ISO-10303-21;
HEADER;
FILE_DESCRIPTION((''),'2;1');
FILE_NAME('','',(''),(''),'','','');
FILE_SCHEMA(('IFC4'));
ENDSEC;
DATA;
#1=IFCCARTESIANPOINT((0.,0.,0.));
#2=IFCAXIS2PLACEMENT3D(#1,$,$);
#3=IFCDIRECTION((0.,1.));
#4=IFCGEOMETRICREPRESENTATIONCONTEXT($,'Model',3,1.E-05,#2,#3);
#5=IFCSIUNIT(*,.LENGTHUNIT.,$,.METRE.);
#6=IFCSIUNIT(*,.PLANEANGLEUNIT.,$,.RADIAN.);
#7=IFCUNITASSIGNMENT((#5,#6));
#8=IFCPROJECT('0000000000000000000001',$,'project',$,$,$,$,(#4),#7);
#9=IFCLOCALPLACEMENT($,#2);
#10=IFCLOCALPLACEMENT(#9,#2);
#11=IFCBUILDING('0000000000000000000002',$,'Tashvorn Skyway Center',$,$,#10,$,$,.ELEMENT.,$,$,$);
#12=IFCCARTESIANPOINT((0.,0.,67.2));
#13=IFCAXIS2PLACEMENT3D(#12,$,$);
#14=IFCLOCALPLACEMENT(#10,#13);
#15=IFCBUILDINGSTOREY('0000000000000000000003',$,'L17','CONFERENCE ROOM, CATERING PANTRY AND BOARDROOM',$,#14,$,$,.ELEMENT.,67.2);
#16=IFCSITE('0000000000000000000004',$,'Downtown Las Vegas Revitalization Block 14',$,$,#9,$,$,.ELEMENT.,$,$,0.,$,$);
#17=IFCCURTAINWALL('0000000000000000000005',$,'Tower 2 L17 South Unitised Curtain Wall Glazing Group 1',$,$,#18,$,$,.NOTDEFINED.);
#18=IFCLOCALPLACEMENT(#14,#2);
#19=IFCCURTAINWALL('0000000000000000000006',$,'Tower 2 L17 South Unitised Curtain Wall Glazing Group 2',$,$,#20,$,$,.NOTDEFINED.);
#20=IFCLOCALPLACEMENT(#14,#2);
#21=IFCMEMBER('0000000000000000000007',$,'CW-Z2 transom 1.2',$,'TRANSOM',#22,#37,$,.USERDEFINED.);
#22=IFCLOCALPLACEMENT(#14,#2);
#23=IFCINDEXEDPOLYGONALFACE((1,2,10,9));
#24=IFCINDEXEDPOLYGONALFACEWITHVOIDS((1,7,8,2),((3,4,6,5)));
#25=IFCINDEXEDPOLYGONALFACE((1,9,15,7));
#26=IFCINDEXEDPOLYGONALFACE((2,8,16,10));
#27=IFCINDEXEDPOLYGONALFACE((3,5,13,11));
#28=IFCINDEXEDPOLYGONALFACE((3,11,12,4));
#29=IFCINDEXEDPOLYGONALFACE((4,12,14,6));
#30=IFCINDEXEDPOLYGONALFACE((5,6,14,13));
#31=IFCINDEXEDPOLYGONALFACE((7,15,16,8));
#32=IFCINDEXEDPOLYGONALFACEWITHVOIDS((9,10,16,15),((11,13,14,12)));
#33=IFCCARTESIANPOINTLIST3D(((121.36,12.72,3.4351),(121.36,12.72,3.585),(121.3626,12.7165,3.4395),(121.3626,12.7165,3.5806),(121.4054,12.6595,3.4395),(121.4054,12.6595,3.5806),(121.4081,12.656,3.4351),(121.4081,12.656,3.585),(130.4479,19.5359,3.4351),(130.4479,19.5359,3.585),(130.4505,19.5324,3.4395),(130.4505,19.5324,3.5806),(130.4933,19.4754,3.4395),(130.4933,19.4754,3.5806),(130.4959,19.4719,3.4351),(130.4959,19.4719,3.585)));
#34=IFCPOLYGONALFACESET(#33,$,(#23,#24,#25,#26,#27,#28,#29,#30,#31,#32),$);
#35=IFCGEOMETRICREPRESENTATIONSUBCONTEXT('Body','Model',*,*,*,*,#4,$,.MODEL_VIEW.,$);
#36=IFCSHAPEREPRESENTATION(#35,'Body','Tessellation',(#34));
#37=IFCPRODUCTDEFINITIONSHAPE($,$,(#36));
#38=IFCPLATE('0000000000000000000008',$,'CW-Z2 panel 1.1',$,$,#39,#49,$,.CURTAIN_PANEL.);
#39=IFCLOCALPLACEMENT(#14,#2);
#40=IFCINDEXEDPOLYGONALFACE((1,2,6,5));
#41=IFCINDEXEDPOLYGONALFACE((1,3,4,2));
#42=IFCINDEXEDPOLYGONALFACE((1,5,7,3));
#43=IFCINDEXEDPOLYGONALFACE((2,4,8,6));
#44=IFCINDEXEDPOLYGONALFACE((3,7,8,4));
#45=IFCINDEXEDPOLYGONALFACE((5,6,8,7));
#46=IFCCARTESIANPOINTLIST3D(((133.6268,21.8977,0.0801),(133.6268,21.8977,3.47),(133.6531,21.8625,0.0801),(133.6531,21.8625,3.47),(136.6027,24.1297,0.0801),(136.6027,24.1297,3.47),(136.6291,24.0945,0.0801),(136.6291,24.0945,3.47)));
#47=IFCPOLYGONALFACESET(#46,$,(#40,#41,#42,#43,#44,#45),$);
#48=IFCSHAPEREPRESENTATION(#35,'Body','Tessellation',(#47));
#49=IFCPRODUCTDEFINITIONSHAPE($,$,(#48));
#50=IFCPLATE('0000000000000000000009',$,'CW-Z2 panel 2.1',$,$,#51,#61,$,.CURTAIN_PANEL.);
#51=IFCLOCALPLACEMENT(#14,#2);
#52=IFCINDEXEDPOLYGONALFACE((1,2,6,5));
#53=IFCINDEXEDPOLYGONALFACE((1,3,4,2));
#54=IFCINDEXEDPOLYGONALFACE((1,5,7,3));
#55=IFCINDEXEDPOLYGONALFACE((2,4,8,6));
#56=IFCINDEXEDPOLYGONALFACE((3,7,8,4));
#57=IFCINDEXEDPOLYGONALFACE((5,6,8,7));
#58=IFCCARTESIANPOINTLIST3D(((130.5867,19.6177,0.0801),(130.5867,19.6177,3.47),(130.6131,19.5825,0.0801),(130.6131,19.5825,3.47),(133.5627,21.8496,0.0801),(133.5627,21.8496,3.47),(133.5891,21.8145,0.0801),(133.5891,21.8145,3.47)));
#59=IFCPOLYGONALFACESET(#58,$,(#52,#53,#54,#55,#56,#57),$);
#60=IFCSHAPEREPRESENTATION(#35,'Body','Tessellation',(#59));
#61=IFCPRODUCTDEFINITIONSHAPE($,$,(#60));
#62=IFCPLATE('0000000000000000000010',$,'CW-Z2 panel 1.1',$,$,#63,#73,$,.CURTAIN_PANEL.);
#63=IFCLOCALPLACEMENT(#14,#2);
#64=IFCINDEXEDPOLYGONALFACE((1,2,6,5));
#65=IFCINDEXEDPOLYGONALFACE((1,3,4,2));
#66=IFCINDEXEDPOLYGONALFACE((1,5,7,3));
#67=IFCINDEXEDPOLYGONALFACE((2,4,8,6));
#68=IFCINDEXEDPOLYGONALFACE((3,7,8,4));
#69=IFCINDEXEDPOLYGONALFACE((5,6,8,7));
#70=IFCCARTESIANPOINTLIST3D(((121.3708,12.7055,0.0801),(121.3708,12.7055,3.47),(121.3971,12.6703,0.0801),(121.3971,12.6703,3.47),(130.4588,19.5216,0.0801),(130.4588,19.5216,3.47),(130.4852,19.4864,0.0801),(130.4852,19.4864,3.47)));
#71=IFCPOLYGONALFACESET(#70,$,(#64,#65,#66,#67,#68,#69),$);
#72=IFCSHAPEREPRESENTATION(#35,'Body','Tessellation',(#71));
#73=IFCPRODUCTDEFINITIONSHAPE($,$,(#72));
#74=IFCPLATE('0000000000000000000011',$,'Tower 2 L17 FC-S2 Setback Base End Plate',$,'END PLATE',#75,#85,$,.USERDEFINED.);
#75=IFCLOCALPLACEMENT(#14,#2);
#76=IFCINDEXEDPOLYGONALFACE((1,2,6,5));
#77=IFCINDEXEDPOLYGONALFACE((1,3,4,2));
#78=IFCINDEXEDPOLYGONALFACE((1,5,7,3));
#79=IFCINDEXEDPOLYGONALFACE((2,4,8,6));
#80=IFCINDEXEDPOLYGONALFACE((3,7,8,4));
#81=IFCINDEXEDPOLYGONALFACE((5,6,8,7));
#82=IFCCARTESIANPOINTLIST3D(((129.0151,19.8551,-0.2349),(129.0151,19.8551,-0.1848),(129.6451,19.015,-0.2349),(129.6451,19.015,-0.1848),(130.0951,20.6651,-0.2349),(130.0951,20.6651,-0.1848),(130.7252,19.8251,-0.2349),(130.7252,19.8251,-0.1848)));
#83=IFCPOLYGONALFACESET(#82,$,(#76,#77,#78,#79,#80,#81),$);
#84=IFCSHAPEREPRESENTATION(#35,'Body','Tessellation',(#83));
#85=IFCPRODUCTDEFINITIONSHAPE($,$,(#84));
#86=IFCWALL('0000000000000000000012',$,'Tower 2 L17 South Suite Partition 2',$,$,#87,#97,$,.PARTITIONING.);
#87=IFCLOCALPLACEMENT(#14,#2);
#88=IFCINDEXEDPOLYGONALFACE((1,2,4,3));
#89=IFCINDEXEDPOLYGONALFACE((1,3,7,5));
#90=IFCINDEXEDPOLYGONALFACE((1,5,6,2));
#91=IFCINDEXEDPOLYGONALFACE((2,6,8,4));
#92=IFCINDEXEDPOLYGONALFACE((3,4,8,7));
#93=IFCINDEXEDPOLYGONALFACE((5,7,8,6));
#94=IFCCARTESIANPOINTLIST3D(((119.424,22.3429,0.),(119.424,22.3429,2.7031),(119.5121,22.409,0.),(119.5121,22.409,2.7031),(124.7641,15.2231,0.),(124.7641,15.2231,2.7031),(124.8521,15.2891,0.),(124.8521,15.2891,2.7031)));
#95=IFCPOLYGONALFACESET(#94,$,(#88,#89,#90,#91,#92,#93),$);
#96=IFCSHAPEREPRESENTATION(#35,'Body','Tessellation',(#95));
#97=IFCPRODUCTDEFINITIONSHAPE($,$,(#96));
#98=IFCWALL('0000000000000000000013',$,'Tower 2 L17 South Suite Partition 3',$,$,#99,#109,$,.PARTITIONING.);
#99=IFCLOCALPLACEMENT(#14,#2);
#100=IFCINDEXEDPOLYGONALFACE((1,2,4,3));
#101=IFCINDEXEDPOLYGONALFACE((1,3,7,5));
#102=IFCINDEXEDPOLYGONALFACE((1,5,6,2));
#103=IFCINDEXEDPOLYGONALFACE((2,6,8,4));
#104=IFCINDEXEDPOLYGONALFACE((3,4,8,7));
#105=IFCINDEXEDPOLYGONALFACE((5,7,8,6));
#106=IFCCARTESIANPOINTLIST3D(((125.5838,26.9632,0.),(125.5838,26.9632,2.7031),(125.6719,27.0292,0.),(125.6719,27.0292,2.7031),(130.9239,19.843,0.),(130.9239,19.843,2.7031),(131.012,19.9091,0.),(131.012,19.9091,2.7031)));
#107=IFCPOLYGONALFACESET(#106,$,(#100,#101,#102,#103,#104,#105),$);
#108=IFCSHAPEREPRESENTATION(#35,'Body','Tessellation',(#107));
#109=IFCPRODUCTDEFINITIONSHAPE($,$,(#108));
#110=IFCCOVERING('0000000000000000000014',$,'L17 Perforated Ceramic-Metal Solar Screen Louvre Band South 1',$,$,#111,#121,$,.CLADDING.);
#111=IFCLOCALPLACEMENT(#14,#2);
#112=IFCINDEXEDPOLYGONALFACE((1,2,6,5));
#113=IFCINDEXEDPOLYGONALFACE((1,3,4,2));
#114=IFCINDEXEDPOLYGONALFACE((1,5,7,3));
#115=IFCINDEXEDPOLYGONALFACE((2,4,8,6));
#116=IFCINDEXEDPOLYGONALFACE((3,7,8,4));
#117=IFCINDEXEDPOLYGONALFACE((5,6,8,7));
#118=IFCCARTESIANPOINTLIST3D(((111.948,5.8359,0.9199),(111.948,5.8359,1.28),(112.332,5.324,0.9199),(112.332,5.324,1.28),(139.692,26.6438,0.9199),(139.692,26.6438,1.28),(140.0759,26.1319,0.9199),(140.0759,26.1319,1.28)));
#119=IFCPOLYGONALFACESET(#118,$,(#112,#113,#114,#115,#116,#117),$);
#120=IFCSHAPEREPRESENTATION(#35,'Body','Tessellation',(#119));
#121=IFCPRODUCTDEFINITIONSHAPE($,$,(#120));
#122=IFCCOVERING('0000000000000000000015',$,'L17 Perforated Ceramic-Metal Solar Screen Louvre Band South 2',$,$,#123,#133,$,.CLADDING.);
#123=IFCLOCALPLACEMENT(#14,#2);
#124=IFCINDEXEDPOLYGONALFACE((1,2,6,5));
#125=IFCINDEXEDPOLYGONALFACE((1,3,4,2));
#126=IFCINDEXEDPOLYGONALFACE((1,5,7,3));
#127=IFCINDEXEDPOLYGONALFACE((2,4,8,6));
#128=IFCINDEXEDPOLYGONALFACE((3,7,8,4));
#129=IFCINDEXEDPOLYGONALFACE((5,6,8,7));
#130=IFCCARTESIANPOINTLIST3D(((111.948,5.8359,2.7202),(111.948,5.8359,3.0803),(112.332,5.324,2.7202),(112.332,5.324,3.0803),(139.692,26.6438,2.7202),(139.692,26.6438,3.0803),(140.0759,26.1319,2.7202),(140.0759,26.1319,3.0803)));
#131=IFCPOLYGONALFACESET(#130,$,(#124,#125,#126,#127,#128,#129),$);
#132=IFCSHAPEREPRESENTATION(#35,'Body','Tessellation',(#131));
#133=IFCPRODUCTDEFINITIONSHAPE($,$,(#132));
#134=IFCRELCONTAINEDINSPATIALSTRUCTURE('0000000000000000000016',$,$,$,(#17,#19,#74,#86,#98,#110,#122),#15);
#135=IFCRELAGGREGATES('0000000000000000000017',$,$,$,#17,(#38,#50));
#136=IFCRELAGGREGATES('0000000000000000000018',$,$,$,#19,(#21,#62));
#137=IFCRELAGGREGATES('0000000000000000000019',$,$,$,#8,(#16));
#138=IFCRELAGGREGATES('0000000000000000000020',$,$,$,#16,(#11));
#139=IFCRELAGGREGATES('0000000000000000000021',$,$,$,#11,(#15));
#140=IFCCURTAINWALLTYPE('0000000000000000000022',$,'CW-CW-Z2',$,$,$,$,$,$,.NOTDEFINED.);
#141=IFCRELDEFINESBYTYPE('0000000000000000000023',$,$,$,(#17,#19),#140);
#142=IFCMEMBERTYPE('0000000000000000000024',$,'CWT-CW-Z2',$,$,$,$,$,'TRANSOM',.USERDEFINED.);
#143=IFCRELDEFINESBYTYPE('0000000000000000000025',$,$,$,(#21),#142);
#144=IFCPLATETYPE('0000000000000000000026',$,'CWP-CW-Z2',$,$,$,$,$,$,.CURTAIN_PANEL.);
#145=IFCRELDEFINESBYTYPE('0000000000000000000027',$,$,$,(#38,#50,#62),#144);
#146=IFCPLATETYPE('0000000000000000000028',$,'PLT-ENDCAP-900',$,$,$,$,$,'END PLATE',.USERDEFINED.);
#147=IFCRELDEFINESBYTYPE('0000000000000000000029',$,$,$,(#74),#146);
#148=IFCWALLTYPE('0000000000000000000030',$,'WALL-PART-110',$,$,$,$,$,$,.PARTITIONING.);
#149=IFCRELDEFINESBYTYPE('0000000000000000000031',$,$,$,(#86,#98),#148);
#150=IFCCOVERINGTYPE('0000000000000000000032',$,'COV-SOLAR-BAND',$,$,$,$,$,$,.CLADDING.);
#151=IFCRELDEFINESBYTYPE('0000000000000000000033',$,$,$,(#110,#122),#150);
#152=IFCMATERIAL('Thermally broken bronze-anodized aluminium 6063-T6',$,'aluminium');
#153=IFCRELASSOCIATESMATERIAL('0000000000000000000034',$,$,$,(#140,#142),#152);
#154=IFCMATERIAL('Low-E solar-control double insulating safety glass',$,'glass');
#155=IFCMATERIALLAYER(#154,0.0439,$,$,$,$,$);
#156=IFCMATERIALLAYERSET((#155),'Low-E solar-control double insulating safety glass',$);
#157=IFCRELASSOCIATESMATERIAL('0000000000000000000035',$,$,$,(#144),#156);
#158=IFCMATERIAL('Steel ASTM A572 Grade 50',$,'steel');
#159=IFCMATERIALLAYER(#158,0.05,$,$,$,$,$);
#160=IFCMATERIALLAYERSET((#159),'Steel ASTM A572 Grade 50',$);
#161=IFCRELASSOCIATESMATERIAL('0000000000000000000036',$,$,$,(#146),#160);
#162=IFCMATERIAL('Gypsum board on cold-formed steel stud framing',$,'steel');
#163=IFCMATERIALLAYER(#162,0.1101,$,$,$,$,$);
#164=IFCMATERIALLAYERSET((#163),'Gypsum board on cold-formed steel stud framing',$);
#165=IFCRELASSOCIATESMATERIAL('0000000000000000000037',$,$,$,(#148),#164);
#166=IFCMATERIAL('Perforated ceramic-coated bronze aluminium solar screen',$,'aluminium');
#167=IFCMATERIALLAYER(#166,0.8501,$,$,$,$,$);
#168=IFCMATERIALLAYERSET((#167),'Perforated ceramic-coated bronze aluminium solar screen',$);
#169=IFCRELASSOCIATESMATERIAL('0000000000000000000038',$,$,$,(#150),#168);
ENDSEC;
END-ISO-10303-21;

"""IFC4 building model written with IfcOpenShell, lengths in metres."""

from ifc_helpers import new_model, si_unit, direction, frame, frame_2d, origin, origin_2d, place, context, subcontext, project, spatial, rectangle, hollow_rectangle, extrude, material, layer, layer_set, material_profile, profile_set, type_object, element, aggregate, save


model = new_model("IFC4")

# Units and contexts
model_context = context("Model", 3, precision=1e-05, world=origin(), true_north=direction((0.0, 1.0)))
body_context = subcontext(model_context, "Body", "Model", "MODEL_VIEW")
ifc_project = project(units=[si_unit("LENGTHUNIT", "METRE"), si_unit("PLANEANGLEUNIT", "RADIAN")], contexts=[model_context])

# Site, building, storey
site_placement = place(None, origin())
site = spatial("IfcSite", under=ifc_project, at=site_placement, Name="Downtown Las Vegas Revitalization Block 14", CompositionType="ELEMENT", RefElevation=0.0)
building_placement = place(site_placement, origin())
building = spatial("IfcBuilding", under=site, at=building_placement, Name="Tashvorn Skyway Center", CompositionType="ELEMENT")
storey_placement = place(building_placement, frame((0.0, 0.0, 67.2)))
storey = spatial("IfcBuildingStorey", under=building, at=storey_placement, Name="L17", Description="CONFERENCE ROOM, CATERING PANTRY AND BOARDROOM", CompositionType="ELEMENT", Elevation=67.2)

# Shared definitions
ifc_material_1 = material(Name="Steel ASTM A572 Grade 50", Category="steel")

# Curtain wall
ifc_material_2 = material(Name="Thermally broken bronze-anodized aluminium 6063-T6", Category="aluminium")
curtain_wall_type = type_object("IfcCurtainWallType", Name="CW-CW-Z2", PredefinedType="NOTDEFINED", material=ifc_material_2)
curtain_wall_1_placement = place(storey_placement, origin())
curtain_wall_1 = element("IfcCurtainWall", 1, at=curtain_wall_1_placement, inside=storey, type_object=curtain_wall_type, Name="Tower 2 L17 South Unitised Curtain Wall Glazing Group 1", PredefinedType="NOTDEFINED")

# Curtain wall
curtain_wall_2_placement = place(storey_placement, origin())
curtain_wall_2 = element("IfcCurtainWall", 2, at=curtain_wall_2_placement, inside=storey, type_object=curtain_wall_type, Name="Tower 2 L17 South Unitised Curtain Wall Glazing Group 2", PredefinedType="NOTDEFINED")

# Member
ifc_material_profile_1 = material_profile(ifc_material_2, hollow_rectangle(XDim=0.0801, YDim=0.1499, WallThickness=0.0044, at=origin_2d()), Name="ALU-TRAN-80x150")
ifc_profile_set_1 = profile_set([ifc_material_profile_1], Name="Thermally broken bronze-anodized aluminium 6063-T6")
member_type_1 = type_object("IfcMemberType", Name="CWT-CW-Z2", ElementType="TRANSOM", PredefinedType="USERDEFINED", material=ifc_profile_set_1)
member_1_placement = place(storey_placement, frame((130.4719, 19.5039, 3.51), z_axis=(-0.8, -0.6, 0.0), x_axis=(0.6, -0.8, 0.0)))
member_1 = element("IfcMember", 3, at=member_1_placement, type_object=member_type_1, Name="CW-Z2 transom 1.2", ObjectType="TRANSOM", PredefinedType="USERDEFINED", context=body_context, shape_type="SweptSolid", body=[
    extrude(hollow_rectangle(XDim=0.0801, YDim=0.1499, WallThickness=0.0044, at=origin_2d()), origin(), (0.0, 0.0, 1.0), 11.3599),
])

# Plates
ifc_material_3 = material(Name="Low-E solar-control double insulating safety glass", Category="glass")
ifc_layer_1 = layer(ifc_material_3, 0.0439)
ifc_layer_set_1 = layer_set([ifc_layer_1], Name="Low-E solar-control double insulating safety glass")
plate_type_1 = type_object("IfcPlateType", Name="CWP-CW-Z2", PredefinedType="CURTAIN_PANEL", material=ifc_layer_set_1)
plate_1_placement = place(storey_placement, frame((135.1279, 22.9961, 0.0801), z_axis=(0.0, 0.0, 1.0), x_axis=(-0.8, -0.6, 0.0)))
plate_1 = element("IfcPlate", 4, at=plate_1_placement, type_object=plate_type_1, Name="CW-Z2 panel 1.1", PredefinedType="CURTAIN_PANEL", context=body_context, shape_type="SweptSolid", body=[
    extrude(rectangle(XDim=3.72, YDim=0.0439, at=origin_2d()), origin(), (0.0, 0.0, 1.0), 3.3899),
])
plate_2_placement = place(storey_placement, frame((132.0879, 20.7161, 0.0801), z_axis=(0.0, 0.0, 1.0), x_axis=(-0.8, -0.6, 0.0)))
plate_2 = element("IfcPlate", 5, at=plate_2_placement, type_object=plate_type_1, Name="CW-Z2 panel 2.1", PredefinedType="CURTAIN_PANEL", context=body_context, shape_type="SweptSolid", body=[
    extrude(rectangle(XDim=3.72, YDim=0.0439, at=origin_2d()), origin(), (0.0, 0.0, 1.0), 3.3899),
])
aggregate(curtain_wall_1, [plate_1, plate_2])
plate_3_placement = place(storey_placement, frame((125.928, 16.0959, 0.0801), z_axis=(0.0, 0.0, 1.0), x_axis=(-0.8, -0.6, 0.0)))
plate_3 = element("IfcPlate", 6, at=plate_3_placement, type_object=plate_type_1, Name="CW-Z2 panel 1.1", PredefinedType="CURTAIN_PANEL", context=body_context, shape_type="SweptSolid", body=[
    extrude(rectangle(XDim=11.3601, YDim=0.0439, at=origin_2d()), origin(), (0.0, 0.0, 1.0), 3.3899),
])
aggregate(curtain_wall_2, [member_1, plate_3])
ifc_layer_2 = layer(ifc_material_1, 0.05)
ifc_layer_set_2 = layer_set([ifc_layer_2], Name="Steel ASTM A572 Grade 50")
plate_type_2 = type_object("IfcPlateType", Name="PLT-ENDCAP-900", ElementType="END PLATE", PredefinedType="USERDEFINED", material=ifc_layer_set_2)
plate_4_placement = place(storey_placement, frame((129.8701, 19.8401, -0.2349), z_axis=(0.0, 0.0, 1.0), x_axis=(0.8, 0.6, 0.0)))
element("IfcPlate", 7, at=plate_4_placement, inside=storey, type_object=plate_type_2, Name="Tower 2 L17 FC-S2 Setback Base End Plate", ObjectType="END PLATE", PredefinedType="USERDEFINED", context=body_context, shape_type="SweptSolid", body=[
    extrude(rectangle(XDim=1.3501, YDim=1.05, at=origin_2d()), origin(), (0.0, 0.0, 1.0), 0.05),
])

# Walls
ifc_material_4 = material(Name="Gypsum board on cold-formed steel stud framing", Category="steel")
ifc_layer_3 = layer(ifc_material_4, 0.1101)
ifc_layer_set_3 = layer_set([ifc_layer_3], Name="Gypsum board on cold-formed steel stud framing")
wall_type = type_object("IfcWallType", Name="WALL-PART-110", PredefinedType="PARTITIONING", material=ifc_layer_set_3)
wall_1_placement = place(storey_placement, frame((124.8081, 15.2561, 0.0), z_axis=(0.0, 0.0, 1.0), x_axis=(-0.600013, 0.79999, 0.0)))
element("IfcWall", 8, at=wall_1_placement, inside=storey, type_object=wall_type, Name="Tower 2 L17 South Suite Partition 2", PredefinedType="PARTITIONING", context=body_context, shape_type="SweptSolid", body=[
    extrude(rectangle(XDim=8.8999, YDim=0.1101, at=frame_2d((4.45, 0.0))), origin(), (0.0, 0.0, 1.0), 2.7031),
])
wall_2_placement = place(storey_placement, frame((130.968, 19.876, 0.0), z_axis=(0.0, 0.0, 1.0), x_axis=(-0.6, 0.8, 0.0)))
element("IfcWall", 9, at=wall_2_placement, inside=storey, type_object=wall_type, Name="Tower 2 L17 South Suite Partition 3", PredefinedType="PARTITIONING", context=body_context, shape_type="SweptSolid", body=[
    extrude(rectangle(XDim=8.9001, YDim=0.1101, at=frame_2d((4.4502, 0.0))), origin(), (0.0, 0.0, 1.0), 2.7031),
])

# Coverings
ifc_material_5 = material(Name="Perforated ceramic-coated bronze aluminium solar screen", Category="aluminium")
ifc_layer_4 = layer(ifc_material_5, 0.8501)
ifc_layer_set_4 = layer_set([ifc_layer_4], Name="Perforated ceramic-coated bronze aluminium solar screen")
covering_type = type_object("IfcCoveringType", Name="COV-SOLAR-BAND", PredefinedType="CLADDING", material=ifc_layer_set_4)
for number, where, z_axis, x_axis, name in (
    (10, (126.012, 15.9839, 0.9199), (0.0, 0.0, 1.0), (-0.8, -0.6, 0.0), "L17 Perforated Ceramic-Metal Solar Screen Louvre Band South 1"),
    (11, (126.012, 15.9839, 2.7202), (0.0, 0.0, 1.0), (-0.8, -0.6, 0.0), "L17 Perforated Ceramic-Metal Solar Screen Louvre Band South 2"),
):
    element("IfcCovering", number, at=place(storey_placement, frame(where, z_axis=z_axis, x_axis=x_axis)), inside=storey, type_object=covering_type, Name=name, PredefinedType="CLADDING", context=body_context, shape_type="SweptSolid", body=[
        extrude(rectangle(XDim=34.6799, YDim=0.6399, at=origin_2d()), origin(), (0.0, 0.0, 1.0), 0.3601),
    ])

save(model, "model.ifc")
